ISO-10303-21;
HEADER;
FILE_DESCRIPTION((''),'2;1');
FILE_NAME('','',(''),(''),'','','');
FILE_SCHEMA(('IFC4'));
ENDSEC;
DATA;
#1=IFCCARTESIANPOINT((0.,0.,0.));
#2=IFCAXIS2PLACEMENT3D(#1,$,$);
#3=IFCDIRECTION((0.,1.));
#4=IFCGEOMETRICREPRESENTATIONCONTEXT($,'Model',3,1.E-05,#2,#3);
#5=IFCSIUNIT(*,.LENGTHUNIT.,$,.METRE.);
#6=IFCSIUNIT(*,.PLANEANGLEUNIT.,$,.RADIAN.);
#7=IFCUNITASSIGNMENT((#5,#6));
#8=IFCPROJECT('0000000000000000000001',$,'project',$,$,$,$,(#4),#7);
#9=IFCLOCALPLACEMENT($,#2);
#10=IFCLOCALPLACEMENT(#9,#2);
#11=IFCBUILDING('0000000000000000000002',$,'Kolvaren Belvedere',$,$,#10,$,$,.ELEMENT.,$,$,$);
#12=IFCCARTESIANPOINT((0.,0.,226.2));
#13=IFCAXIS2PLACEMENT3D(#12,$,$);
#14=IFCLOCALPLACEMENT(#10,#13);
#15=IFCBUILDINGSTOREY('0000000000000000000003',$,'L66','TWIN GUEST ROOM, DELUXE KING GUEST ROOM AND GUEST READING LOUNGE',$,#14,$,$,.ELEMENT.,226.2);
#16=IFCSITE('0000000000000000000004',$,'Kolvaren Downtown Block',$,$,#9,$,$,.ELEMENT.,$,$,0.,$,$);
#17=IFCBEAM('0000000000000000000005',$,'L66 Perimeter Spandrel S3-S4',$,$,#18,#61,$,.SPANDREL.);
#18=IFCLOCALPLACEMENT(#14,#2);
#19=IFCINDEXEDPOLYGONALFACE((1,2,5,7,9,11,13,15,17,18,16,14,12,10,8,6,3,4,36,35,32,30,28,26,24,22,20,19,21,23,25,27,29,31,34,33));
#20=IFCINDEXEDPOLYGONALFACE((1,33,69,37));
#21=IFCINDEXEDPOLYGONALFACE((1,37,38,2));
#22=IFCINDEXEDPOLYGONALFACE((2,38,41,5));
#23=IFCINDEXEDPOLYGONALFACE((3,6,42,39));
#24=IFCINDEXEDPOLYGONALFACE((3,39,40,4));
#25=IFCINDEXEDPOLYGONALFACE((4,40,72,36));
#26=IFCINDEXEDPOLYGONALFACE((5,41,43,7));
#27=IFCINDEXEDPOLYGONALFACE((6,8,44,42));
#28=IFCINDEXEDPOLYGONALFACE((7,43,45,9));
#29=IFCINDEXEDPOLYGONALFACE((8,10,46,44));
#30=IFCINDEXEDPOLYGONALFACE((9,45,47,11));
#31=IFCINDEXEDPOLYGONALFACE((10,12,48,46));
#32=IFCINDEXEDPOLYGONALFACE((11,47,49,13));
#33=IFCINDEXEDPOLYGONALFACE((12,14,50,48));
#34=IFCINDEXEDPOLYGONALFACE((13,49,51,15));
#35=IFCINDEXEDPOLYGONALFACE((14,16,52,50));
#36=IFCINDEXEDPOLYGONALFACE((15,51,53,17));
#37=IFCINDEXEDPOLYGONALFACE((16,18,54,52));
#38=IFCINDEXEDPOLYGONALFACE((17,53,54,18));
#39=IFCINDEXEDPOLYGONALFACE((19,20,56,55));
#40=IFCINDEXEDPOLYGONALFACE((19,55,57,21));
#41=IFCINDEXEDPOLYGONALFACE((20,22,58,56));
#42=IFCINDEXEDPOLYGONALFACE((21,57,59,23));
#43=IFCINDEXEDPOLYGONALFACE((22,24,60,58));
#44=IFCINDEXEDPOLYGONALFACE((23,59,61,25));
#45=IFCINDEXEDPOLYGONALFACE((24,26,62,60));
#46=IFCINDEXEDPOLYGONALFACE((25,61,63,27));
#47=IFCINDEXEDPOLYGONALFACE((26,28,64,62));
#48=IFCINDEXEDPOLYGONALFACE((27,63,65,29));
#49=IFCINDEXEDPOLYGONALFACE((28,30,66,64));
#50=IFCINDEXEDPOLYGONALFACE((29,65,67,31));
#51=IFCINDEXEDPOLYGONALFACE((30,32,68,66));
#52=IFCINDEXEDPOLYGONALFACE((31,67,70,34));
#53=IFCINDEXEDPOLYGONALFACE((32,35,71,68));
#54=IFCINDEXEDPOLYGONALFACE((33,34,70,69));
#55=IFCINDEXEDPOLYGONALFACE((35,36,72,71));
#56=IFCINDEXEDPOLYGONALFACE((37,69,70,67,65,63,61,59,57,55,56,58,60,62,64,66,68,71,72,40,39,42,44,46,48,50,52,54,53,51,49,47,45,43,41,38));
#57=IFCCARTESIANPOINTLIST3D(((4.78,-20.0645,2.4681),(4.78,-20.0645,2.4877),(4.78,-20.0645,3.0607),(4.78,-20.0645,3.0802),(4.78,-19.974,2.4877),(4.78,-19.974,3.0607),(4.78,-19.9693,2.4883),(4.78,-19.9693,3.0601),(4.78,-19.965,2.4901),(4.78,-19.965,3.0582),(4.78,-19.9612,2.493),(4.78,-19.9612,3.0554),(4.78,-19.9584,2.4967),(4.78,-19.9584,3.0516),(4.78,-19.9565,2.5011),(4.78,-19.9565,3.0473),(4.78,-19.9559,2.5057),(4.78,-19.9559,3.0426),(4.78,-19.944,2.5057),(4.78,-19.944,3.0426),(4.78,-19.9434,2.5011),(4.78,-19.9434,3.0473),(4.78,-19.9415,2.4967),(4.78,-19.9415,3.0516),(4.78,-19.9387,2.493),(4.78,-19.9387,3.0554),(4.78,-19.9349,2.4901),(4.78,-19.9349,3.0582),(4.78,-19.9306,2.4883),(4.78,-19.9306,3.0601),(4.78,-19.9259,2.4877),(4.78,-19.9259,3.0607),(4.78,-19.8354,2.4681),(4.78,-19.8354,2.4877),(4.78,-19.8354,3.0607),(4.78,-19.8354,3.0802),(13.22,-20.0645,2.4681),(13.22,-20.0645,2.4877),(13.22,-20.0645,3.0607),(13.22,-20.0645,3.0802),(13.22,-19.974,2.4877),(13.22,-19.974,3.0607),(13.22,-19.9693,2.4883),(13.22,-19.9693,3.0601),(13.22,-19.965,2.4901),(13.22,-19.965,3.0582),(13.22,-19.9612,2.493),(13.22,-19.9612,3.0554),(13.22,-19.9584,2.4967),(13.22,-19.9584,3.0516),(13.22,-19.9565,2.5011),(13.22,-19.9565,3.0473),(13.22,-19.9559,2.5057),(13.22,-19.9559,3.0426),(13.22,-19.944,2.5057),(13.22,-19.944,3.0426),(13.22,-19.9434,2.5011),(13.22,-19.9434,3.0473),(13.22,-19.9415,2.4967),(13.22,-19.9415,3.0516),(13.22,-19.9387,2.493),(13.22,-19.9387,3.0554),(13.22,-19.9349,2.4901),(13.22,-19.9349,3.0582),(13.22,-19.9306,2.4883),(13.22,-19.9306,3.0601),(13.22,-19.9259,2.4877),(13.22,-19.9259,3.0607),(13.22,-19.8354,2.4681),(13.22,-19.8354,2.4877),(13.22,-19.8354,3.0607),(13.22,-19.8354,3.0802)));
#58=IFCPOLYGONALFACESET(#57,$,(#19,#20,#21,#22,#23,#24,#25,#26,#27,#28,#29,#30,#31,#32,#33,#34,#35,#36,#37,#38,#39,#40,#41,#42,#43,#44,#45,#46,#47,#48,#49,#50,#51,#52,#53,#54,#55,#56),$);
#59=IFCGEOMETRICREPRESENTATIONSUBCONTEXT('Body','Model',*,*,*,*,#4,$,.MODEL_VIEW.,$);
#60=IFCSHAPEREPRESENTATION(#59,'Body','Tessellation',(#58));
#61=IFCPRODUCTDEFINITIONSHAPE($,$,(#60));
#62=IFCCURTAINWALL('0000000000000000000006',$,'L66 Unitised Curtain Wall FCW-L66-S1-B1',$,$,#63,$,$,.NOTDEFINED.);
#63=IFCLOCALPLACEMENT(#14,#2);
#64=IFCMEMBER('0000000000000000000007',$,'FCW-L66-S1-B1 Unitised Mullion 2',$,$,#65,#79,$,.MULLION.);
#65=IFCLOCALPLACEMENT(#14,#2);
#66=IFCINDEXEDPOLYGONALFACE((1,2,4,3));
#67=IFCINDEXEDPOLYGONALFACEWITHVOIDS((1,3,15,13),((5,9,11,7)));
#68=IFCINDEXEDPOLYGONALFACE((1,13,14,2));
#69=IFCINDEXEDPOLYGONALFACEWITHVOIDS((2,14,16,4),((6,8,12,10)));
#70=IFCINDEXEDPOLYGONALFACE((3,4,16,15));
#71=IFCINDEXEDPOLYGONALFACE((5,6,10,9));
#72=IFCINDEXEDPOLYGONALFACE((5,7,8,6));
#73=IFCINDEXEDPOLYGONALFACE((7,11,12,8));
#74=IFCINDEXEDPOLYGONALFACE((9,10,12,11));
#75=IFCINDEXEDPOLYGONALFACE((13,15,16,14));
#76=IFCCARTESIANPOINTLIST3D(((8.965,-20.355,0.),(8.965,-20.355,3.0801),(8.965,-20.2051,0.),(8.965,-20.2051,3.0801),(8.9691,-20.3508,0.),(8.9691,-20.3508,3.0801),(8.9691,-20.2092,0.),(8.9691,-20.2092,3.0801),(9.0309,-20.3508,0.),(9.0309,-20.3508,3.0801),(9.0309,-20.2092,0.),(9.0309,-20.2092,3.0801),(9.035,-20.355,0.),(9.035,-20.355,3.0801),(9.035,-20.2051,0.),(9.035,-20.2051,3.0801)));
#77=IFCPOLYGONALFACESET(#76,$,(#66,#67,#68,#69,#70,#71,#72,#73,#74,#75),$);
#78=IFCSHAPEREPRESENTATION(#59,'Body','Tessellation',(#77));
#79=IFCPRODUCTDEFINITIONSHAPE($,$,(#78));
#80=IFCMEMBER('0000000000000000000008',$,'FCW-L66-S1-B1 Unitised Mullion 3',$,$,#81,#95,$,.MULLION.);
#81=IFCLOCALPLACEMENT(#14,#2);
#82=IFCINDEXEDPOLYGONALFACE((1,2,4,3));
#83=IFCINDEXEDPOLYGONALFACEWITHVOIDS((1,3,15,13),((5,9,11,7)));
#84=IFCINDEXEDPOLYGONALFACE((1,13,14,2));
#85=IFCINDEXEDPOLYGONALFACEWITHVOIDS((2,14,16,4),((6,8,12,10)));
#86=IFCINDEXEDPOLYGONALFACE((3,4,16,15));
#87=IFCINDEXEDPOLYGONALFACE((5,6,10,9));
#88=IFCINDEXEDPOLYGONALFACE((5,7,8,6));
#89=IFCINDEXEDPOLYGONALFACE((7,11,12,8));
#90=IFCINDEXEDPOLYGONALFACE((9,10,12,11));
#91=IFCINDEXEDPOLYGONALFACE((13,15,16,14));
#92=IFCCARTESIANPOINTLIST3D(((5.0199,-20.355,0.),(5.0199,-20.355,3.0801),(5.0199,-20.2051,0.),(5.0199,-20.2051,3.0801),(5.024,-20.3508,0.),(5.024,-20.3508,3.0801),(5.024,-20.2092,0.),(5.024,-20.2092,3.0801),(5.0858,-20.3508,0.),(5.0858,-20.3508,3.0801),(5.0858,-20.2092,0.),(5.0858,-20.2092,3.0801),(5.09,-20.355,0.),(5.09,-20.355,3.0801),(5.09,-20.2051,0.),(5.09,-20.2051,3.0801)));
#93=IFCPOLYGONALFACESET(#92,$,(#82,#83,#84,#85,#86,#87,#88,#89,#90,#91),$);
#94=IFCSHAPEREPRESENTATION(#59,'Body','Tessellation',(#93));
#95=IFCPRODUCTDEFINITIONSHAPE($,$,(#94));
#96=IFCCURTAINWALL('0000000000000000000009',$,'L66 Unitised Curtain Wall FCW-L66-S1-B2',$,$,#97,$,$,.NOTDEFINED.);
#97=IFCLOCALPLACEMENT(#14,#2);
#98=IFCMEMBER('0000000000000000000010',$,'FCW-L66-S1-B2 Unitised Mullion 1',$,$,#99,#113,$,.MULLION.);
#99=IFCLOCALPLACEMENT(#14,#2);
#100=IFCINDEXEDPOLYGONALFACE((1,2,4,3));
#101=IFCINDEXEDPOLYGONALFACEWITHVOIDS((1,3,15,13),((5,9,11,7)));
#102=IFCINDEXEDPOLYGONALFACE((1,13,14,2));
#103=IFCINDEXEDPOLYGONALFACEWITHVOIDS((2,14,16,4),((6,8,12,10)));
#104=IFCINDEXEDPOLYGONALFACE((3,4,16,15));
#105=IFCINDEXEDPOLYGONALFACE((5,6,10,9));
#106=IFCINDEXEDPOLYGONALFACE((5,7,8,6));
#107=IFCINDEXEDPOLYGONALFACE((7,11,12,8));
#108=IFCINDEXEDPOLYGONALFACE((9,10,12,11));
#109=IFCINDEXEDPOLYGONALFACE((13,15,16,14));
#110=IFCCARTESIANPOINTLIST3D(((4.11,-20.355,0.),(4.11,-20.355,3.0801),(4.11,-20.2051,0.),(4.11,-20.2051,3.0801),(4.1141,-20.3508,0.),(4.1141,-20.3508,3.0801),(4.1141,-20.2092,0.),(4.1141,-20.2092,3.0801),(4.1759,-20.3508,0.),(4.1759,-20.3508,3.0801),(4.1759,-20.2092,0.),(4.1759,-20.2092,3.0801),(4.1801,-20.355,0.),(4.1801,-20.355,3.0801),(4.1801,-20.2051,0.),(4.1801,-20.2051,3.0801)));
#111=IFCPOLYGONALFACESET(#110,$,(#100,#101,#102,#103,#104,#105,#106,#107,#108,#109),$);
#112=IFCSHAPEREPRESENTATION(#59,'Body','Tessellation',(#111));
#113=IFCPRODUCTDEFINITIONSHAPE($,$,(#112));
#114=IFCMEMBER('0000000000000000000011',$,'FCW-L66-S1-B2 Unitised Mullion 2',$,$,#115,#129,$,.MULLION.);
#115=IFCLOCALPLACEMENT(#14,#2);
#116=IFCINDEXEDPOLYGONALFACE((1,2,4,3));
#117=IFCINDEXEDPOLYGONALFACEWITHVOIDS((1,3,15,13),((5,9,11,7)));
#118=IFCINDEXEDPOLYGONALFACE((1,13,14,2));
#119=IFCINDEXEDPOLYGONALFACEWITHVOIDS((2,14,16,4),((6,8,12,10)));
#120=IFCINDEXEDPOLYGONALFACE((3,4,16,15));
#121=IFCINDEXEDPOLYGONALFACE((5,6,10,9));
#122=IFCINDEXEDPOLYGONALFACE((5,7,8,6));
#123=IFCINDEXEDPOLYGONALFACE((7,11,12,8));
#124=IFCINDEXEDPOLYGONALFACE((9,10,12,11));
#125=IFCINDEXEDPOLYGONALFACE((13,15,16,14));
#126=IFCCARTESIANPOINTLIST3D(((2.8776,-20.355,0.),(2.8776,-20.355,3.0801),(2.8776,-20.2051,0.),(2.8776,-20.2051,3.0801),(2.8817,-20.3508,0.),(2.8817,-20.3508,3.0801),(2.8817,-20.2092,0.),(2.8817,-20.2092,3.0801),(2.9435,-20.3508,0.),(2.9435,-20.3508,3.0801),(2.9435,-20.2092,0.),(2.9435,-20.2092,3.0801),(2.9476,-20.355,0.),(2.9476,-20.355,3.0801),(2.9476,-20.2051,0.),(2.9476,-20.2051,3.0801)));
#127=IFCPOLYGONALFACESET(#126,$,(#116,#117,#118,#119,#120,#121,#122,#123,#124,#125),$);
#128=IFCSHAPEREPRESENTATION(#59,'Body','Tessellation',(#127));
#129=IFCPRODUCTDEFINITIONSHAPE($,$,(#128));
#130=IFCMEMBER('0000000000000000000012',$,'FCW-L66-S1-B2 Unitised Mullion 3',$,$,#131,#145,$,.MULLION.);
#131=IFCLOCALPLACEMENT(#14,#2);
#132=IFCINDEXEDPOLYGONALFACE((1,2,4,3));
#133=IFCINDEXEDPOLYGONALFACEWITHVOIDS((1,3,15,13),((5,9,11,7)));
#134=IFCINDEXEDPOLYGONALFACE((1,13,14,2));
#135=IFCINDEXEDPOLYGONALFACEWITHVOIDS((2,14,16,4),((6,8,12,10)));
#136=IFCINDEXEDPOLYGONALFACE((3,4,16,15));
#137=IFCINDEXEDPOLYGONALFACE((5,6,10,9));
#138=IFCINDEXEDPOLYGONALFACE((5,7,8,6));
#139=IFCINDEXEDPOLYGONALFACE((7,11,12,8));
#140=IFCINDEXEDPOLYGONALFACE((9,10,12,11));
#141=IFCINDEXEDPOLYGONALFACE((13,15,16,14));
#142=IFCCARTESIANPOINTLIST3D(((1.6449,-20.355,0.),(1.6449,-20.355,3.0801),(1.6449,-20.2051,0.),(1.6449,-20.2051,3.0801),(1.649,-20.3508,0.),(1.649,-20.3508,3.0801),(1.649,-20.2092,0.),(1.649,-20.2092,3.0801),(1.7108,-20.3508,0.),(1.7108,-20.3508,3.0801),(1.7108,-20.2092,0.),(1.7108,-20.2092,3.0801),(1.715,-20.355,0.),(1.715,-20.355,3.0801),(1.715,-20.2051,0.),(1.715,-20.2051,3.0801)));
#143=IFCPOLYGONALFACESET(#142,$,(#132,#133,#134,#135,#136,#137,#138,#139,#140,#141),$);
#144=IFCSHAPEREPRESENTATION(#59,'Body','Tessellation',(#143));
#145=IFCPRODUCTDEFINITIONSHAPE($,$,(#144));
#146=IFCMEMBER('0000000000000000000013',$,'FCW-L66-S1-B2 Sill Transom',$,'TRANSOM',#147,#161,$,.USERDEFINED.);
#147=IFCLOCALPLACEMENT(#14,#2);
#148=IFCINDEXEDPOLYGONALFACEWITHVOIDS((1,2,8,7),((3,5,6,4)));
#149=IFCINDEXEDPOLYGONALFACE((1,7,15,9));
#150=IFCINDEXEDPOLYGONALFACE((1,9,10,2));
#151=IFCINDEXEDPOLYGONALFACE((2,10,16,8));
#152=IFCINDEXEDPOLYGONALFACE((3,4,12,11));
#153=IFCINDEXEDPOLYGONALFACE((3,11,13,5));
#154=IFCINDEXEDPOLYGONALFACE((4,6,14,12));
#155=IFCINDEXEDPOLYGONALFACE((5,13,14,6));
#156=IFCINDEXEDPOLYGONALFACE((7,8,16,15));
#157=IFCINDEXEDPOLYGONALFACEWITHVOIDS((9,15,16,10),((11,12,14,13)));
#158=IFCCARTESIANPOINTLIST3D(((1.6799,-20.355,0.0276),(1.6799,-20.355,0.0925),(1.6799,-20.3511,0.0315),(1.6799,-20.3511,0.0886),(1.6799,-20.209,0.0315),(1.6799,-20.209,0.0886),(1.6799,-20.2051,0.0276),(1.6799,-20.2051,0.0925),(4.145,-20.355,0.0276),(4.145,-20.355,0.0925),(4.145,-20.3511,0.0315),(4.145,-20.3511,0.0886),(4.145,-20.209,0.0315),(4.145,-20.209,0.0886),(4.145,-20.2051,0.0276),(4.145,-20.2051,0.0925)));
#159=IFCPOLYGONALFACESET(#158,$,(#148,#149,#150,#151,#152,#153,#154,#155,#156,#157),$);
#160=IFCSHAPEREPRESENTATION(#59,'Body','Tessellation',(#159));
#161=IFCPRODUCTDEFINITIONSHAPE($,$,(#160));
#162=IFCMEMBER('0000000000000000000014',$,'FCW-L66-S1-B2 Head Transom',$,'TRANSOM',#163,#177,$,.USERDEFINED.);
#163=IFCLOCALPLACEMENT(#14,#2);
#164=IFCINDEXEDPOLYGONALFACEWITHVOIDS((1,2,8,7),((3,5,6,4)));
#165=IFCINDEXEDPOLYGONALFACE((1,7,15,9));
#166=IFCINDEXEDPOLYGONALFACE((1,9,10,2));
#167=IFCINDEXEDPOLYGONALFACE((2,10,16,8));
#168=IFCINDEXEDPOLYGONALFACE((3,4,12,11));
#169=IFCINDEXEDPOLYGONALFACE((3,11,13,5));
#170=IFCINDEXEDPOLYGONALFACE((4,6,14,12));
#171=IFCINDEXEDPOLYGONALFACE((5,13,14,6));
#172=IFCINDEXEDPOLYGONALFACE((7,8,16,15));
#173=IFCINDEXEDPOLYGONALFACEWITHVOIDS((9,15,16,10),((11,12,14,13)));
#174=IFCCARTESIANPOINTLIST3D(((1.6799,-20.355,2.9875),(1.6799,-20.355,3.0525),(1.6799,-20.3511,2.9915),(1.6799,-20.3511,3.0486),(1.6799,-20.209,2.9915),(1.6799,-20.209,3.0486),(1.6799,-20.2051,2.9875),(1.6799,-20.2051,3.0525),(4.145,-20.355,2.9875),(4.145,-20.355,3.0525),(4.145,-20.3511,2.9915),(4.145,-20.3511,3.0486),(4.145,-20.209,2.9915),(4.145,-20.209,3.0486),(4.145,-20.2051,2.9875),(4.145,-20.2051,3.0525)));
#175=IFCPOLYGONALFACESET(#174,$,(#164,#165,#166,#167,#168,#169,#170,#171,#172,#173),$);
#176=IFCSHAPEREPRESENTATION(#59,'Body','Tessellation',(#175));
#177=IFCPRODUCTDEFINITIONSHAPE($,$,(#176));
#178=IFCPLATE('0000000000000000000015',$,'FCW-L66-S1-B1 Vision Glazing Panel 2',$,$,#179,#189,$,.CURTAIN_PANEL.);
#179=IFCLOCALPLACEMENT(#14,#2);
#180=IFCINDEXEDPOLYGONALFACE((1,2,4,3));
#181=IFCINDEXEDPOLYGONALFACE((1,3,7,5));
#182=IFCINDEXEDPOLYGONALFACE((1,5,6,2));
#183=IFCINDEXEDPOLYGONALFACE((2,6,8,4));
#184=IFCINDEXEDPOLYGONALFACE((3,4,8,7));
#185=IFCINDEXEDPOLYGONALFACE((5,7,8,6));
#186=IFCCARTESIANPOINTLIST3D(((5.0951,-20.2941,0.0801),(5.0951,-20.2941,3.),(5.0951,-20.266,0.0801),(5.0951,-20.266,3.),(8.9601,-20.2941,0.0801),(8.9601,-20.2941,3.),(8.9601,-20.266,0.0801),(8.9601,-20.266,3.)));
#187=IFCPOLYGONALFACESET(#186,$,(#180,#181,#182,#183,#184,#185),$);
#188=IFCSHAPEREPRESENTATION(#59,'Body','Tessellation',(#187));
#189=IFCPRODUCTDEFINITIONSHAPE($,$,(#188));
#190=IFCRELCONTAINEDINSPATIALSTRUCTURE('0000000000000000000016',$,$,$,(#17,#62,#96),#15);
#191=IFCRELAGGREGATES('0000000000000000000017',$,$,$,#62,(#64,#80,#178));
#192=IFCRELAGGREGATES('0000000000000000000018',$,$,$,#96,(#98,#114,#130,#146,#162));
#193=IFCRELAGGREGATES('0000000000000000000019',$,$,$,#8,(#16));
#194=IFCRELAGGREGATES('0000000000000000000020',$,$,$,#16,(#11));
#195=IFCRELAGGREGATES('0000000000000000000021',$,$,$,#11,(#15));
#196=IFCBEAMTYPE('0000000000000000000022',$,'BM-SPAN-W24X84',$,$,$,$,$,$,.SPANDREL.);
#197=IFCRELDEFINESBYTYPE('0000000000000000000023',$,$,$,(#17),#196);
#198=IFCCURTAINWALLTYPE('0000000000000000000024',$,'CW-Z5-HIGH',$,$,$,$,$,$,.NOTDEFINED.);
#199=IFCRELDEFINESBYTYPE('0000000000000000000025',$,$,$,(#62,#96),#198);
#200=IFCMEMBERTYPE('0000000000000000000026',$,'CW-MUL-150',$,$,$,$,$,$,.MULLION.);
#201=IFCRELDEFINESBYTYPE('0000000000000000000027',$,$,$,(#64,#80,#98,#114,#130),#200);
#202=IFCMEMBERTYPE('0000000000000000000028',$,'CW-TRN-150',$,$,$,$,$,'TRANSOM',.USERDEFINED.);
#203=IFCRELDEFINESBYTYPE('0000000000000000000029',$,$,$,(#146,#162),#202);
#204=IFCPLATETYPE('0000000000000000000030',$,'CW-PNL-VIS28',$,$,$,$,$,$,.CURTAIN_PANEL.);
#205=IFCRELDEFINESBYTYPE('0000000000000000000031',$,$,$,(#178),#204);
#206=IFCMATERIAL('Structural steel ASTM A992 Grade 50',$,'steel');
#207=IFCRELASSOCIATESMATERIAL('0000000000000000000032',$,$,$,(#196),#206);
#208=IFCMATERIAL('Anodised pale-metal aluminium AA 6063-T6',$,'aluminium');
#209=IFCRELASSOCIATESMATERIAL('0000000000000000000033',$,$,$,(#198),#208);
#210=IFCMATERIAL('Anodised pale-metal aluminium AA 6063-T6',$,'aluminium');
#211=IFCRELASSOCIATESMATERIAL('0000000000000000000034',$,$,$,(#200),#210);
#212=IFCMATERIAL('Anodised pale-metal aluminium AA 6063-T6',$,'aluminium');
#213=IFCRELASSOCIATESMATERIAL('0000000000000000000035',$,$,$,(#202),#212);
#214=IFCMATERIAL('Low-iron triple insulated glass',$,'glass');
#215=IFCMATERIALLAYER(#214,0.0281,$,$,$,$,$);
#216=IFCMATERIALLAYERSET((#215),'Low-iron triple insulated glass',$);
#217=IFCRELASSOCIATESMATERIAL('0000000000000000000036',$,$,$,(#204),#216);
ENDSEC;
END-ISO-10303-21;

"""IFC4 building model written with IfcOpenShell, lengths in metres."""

from ifc_helpers import new_model, si_unit, direction, frame, origin, origin_2d, place, context, subcontext, project, spatial, rectangle, hollow_rectangle, i_section, extrude, material, layer, layer_set, material_profile, profile_set, type_object, element, aggregate, save


model = new_model("IFC4")

# Units and contexts
model_context = context("Model", 3, precision=1e-05, world=origin(), true_north=direction((0.0, 1.0)))
body_context = subcontext(model_context, "Body", "Model", "MODEL_VIEW")
ifc_project = project(units=[si_unit("LENGTHUNIT", "METRE"), si_unit("PLANEANGLEUNIT", "RADIAN")], contexts=[model_context])

# Site, building, storey
site_placement = place(None, origin())
site = spatial("IfcSite", under=ifc_project, at=site_placement, Name="Kolvaren Downtown Block", CompositionType="ELEMENT", RefElevation=0.0)
building_placement = place(site_placement, origin())
building = spatial("IfcBuilding", under=site, at=building_placement, Name="Kolvaren Belvedere", CompositionType="ELEMENT")
storey_placement = place(building_placement, frame((0.0, 0.0, 226.2)))
storey = spatial("IfcBuildingStorey", under=building, at=storey_placement, Name="L66", Description="TWIN GUEST ROOM, DELUXE KING GUEST ROOM AND GUEST READING LOUNGE", CompositionType="ELEMENT", Elevation=226.2)

# Beam
ifc_material_1 = material(Name="Structural steel ASTM A992 Grade 50", Category="steel")
ifc_material_profile_1 = material_profile(ifc_material_1, i_section(OverallWidth=0.229, OverallDepth=0.6121, WebThickness=0.012, FlangeThickness=0.0195, FilletRadius=0.0181, at=origin_2d()), Name="W24X84")
ifc_profile_set_1 = profile_set([ifc_material_profile_1], Name="Structural steel ASTM A992 Grade 50")
beam_type_1 = type_object("IfcBeamType", Name="BM-SPAN-W24X84", PredefinedType="SPANDREL", material=ifc_profile_set_1)
beam_1_placement = place(storey_placement, frame((4.78, -19.95, 2.7742), z_axis=(1.0, 0.0, 0.0), x_axis=(0.0, 1.0, 0.0)))
element("IfcBeam", 1, at=beam_1_placement, inside=storey, type_object=beam_type_1, Name="L66 Perimeter Spandrel S3-S4", PredefinedType="SPANDREL", context=body_context, shape_type="SweptSolid", body=[
    extrude(i_section(OverallWidth=0.229, OverallDepth=0.6121, WebThickness=0.012, FlangeThickness=0.0195, FilletRadius=0.0181, at=origin_2d()), origin(), (0.0, 0.0, 1.0), 8.4399),
])

# Curtain walls, members
ifc_material_2 = material(Name="Anodised pale-metal aluminium AA 6063-T6", Category="aluminium")
curtain_wall_type = type_object("IfcCurtainWallType", Name="CW-Z5-HIGH", PredefinedType="NOTDEFINED", material=ifc_material_2)
curtain_wall_1_placement = place(storey_placement, origin())
curtain_wall_1 = element("IfcCurtainWall", 2, at=curtain_wall_1_placement, inside=storey, type_object=curtain_wall_type, Name="L66 Unitised Curtain Wall FCW-L66-S1-B1", PredefinedType="NOTDEFINED")
ifc_material_3 = material(Name="Anodised pale-metal aluminium AA 6063-T6", Category="aluminium")
ifc_material_profile_2 = material_profile(ifc_material_3, hollow_rectangle(XDim=0.0701, YDim=0.1499, WallThickness=0.0042, at=origin_2d()), Name="ALU-MUL-150X70")
ifc_profile_set_2 = profile_set([ifc_material_profile_2], Name="Anodised pale-metal aluminium AA 6063-T6")
member_type_1 = type_object("IfcMemberType", Name="CW-MUL-150", PredefinedType="MULLION", material=ifc_profile_set_2)
member_1_placement = place(storey_placement, frame((9.0, -20.28, 0.0), z_axis=(0.0, 0.0, 1.0), x_axis=(1.0, 0.0, 0.0)))
member_1 = element("IfcMember", 3, at=member_1_placement, type_object=member_type_1, Name="FCW-L66-S1-B1 Unitised Mullion 2", PredefinedType="MULLION", context=body_context, shape_type="SweptSolid", body=[
    extrude(hollow_rectangle(XDim=0.0701, YDim=0.1499, WallThickness=0.0042, at=origin_2d()), origin(), (0.0, 0.0, 1.0), 3.0801),
])
member_2_placement = place(storey_placement, frame((5.0549, -20.28, 0.0), z_axis=(0.0, 0.0, 1.0), x_axis=(1.0, 0.0, 0.0)))
member_2 = element("IfcMember", 4, at=member_2_placement, type_object=member_type_1, Name="FCW-L66-S1-B1 Unitised Mullion 3", PredefinedType="MULLION", context=body_context, shape_type="SweptSolid", body=[
    extrude(hollow_rectangle(XDim=0.0701, YDim=0.1499, WallThickness=0.0042, at=origin_2d()), origin(), (0.0, 0.0, 1.0), 3.0801),
])
curtain_wall_2_placement = place(storey_placement, origin())
curtain_wall_2 = element("IfcCurtainWall", 5, at=curtain_wall_2_placement, inside=storey, type_object=curtain_wall_type, Name="L66 Unitised Curtain Wall FCW-L66-S1-B2", PredefinedType="NOTDEFINED")
member_3_placement = place(storey_placement, frame((4.145, -20.28, 0.0), z_axis=(0.0, 0.0, 1.0), x_axis=(1.0, 0.0, 0.0)))
member_3 = element("IfcMember", 6, at=member_3_placement, type_object=member_type_1, Name="FCW-L66-S1-B2 Unitised Mullion 1", PredefinedType="MULLION", context=body_context, shape_type="SweptSolid", body=[
    extrude(hollow_rectangle(XDim=0.0701, YDim=0.1499, WallThickness=0.0042, at=origin_2d()), origin(), (0.0, 0.0, 1.0), 3.0801),
])
member_4_placement = place(storey_placement, frame((2.9126, -20.28, 0.0), z_axis=(0.0, 0.0, 1.0), x_axis=(1.0, 0.0, 0.0)))
member_4 = element("IfcMember", 7, at=member_4_placement, type_object=member_type_1, Name="FCW-L66-S1-B2 Unitised Mullion 2", PredefinedType="MULLION", context=body_context, shape_type="SweptSolid", body=[
    extrude(hollow_rectangle(XDim=0.0701, YDim=0.1499, WallThickness=0.0042, at=origin_2d()), origin(), (0.0, 0.0, 1.0), 3.0801),
])
member_5_placement = place(storey_placement, frame((1.6799, -20.28, 0.0), z_axis=(0.0, 0.0, 1.0), x_axis=(1.0, 0.0, 0.0)))
member_5 = element("IfcMember", 8, at=member_5_placement, type_object=member_type_1, Name="FCW-L66-S1-B2 Unitised Mullion 3", PredefinedType="MULLION", context=body_context, shape_type="SweptSolid", body=[
    extrude(hollow_rectangle(XDim=0.0701, YDim=0.1499, WallThickness=0.0042, at=origin_2d()), origin(), (0.0, 0.0, 1.0), 3.0801),
])
ifc_material_4 = material(Name="Anodised pale-metal aluminium AA 6063-T6", Category="aluminium")
ifc_material_profile_3 = material_profile(ifc_material_4, hollow_rectangle(XDim=0.0649, YDim=0.1499, WallThickness=0.0039, at=origin_2d()), Name="ALU-TRN-150X65")
ifc_profile_set_3 = profile_set([ifc_material_profile_3], Name="Anodised pale-metal aluminium AA 6063-T6")
member_type_2 = type_object("IfcMemberType", Name="CW-TRN-150", ElementType="TRANSOM", PredefinedType="USERDEFINED", material=ifc_profile_set_3)
member_6_placement = place(storey_placement, frame((4.145, -20.28, 0.0601), z_axis=(-1.0, 0.0, 0.0), x_axis=(0.0, 0.0, 1.0)))
member_6 = element("IfcMember", 9, at=member_6_placement, type_object=member_type_2, Name="FCW-L66-S1-B2 Sill Transom", ObjectType="TRANSOM", PredefinedType="USERDEFINED", context=body_context, shape_type="SweptSolid", body=[
    extrude(hollow_rectangle(XDim=0.0649, YDim=0.1499, WallThickness=0.0039, at=origin_2d()), origin(), (0.0, 0.0, 1.0), 2.4651),
])
member_7_placement = place(storey_placement, frame((4.145, -20.28, 3.02), z_axis=(-1.0, 0.0, 0.0), x_axis=(0.0, 0.0, 1.0)))
member_7 = element("IfcMember", 10, at=member_7_placement, type_object=member_type_2, Name="FCW-L66-S1-B2 Head Transom", ObjectType="TRANSOM", PredefinedType="USERDEFINED", context=body_context, shape_type="SweptSolid", body=[
    extrude(hollow_rectangle(XDim=0.0649, YDim=0.1499, WallThickness=0.0039, at=origin_2d()), origin(), (0.0, 0.0, 1.0), 2.4651),
])

# Plate
ifc_material_5 = material(Name="Low-iron triple insulated glass", Category="glass")
ifc_layer_1 = layer(ifc_material_5, 0.0281)
ifc_layer_set_1 = layer_set([ifc_layer_1], Name="Low-iron triple insulated glass")
plate_type_1 = type_object("IfcPlateType", Name="CW-PNL-VIS28", PredefinedType="CURTAIN_PANEL", material=ifc_layer_set_1)
plate_1_placement = place(storey_placement, frame((7.0276, -20.28, 0.0801), z_axis=(0.0, 0.0, 1.0), x_axis=(-1.0, 0.0, 0.0)))
plate_1 = element("IfcPlate", 11, at=plate_1_placement, type_object=plate_type_1, Name="FCW-L66-S1-B1 Vision Glazing Panel 2", PredefinedType="CURTAIN_PANEL", context=body_context, shape_type="SweptSolid", body=[
    extrude(rectangle(XDim=3.865, YDim=0.0281, at=origin_2d()), origin(), (0.0, 0.0, 1.0), 2.9199),
])
aggregate(curtain_wall_1, [member_1, member_2, plate_1])
aggregate(curtain_wall_2, [member_3, member_4, member_5, member_6, member_7])

save(model, "model.ifc")
